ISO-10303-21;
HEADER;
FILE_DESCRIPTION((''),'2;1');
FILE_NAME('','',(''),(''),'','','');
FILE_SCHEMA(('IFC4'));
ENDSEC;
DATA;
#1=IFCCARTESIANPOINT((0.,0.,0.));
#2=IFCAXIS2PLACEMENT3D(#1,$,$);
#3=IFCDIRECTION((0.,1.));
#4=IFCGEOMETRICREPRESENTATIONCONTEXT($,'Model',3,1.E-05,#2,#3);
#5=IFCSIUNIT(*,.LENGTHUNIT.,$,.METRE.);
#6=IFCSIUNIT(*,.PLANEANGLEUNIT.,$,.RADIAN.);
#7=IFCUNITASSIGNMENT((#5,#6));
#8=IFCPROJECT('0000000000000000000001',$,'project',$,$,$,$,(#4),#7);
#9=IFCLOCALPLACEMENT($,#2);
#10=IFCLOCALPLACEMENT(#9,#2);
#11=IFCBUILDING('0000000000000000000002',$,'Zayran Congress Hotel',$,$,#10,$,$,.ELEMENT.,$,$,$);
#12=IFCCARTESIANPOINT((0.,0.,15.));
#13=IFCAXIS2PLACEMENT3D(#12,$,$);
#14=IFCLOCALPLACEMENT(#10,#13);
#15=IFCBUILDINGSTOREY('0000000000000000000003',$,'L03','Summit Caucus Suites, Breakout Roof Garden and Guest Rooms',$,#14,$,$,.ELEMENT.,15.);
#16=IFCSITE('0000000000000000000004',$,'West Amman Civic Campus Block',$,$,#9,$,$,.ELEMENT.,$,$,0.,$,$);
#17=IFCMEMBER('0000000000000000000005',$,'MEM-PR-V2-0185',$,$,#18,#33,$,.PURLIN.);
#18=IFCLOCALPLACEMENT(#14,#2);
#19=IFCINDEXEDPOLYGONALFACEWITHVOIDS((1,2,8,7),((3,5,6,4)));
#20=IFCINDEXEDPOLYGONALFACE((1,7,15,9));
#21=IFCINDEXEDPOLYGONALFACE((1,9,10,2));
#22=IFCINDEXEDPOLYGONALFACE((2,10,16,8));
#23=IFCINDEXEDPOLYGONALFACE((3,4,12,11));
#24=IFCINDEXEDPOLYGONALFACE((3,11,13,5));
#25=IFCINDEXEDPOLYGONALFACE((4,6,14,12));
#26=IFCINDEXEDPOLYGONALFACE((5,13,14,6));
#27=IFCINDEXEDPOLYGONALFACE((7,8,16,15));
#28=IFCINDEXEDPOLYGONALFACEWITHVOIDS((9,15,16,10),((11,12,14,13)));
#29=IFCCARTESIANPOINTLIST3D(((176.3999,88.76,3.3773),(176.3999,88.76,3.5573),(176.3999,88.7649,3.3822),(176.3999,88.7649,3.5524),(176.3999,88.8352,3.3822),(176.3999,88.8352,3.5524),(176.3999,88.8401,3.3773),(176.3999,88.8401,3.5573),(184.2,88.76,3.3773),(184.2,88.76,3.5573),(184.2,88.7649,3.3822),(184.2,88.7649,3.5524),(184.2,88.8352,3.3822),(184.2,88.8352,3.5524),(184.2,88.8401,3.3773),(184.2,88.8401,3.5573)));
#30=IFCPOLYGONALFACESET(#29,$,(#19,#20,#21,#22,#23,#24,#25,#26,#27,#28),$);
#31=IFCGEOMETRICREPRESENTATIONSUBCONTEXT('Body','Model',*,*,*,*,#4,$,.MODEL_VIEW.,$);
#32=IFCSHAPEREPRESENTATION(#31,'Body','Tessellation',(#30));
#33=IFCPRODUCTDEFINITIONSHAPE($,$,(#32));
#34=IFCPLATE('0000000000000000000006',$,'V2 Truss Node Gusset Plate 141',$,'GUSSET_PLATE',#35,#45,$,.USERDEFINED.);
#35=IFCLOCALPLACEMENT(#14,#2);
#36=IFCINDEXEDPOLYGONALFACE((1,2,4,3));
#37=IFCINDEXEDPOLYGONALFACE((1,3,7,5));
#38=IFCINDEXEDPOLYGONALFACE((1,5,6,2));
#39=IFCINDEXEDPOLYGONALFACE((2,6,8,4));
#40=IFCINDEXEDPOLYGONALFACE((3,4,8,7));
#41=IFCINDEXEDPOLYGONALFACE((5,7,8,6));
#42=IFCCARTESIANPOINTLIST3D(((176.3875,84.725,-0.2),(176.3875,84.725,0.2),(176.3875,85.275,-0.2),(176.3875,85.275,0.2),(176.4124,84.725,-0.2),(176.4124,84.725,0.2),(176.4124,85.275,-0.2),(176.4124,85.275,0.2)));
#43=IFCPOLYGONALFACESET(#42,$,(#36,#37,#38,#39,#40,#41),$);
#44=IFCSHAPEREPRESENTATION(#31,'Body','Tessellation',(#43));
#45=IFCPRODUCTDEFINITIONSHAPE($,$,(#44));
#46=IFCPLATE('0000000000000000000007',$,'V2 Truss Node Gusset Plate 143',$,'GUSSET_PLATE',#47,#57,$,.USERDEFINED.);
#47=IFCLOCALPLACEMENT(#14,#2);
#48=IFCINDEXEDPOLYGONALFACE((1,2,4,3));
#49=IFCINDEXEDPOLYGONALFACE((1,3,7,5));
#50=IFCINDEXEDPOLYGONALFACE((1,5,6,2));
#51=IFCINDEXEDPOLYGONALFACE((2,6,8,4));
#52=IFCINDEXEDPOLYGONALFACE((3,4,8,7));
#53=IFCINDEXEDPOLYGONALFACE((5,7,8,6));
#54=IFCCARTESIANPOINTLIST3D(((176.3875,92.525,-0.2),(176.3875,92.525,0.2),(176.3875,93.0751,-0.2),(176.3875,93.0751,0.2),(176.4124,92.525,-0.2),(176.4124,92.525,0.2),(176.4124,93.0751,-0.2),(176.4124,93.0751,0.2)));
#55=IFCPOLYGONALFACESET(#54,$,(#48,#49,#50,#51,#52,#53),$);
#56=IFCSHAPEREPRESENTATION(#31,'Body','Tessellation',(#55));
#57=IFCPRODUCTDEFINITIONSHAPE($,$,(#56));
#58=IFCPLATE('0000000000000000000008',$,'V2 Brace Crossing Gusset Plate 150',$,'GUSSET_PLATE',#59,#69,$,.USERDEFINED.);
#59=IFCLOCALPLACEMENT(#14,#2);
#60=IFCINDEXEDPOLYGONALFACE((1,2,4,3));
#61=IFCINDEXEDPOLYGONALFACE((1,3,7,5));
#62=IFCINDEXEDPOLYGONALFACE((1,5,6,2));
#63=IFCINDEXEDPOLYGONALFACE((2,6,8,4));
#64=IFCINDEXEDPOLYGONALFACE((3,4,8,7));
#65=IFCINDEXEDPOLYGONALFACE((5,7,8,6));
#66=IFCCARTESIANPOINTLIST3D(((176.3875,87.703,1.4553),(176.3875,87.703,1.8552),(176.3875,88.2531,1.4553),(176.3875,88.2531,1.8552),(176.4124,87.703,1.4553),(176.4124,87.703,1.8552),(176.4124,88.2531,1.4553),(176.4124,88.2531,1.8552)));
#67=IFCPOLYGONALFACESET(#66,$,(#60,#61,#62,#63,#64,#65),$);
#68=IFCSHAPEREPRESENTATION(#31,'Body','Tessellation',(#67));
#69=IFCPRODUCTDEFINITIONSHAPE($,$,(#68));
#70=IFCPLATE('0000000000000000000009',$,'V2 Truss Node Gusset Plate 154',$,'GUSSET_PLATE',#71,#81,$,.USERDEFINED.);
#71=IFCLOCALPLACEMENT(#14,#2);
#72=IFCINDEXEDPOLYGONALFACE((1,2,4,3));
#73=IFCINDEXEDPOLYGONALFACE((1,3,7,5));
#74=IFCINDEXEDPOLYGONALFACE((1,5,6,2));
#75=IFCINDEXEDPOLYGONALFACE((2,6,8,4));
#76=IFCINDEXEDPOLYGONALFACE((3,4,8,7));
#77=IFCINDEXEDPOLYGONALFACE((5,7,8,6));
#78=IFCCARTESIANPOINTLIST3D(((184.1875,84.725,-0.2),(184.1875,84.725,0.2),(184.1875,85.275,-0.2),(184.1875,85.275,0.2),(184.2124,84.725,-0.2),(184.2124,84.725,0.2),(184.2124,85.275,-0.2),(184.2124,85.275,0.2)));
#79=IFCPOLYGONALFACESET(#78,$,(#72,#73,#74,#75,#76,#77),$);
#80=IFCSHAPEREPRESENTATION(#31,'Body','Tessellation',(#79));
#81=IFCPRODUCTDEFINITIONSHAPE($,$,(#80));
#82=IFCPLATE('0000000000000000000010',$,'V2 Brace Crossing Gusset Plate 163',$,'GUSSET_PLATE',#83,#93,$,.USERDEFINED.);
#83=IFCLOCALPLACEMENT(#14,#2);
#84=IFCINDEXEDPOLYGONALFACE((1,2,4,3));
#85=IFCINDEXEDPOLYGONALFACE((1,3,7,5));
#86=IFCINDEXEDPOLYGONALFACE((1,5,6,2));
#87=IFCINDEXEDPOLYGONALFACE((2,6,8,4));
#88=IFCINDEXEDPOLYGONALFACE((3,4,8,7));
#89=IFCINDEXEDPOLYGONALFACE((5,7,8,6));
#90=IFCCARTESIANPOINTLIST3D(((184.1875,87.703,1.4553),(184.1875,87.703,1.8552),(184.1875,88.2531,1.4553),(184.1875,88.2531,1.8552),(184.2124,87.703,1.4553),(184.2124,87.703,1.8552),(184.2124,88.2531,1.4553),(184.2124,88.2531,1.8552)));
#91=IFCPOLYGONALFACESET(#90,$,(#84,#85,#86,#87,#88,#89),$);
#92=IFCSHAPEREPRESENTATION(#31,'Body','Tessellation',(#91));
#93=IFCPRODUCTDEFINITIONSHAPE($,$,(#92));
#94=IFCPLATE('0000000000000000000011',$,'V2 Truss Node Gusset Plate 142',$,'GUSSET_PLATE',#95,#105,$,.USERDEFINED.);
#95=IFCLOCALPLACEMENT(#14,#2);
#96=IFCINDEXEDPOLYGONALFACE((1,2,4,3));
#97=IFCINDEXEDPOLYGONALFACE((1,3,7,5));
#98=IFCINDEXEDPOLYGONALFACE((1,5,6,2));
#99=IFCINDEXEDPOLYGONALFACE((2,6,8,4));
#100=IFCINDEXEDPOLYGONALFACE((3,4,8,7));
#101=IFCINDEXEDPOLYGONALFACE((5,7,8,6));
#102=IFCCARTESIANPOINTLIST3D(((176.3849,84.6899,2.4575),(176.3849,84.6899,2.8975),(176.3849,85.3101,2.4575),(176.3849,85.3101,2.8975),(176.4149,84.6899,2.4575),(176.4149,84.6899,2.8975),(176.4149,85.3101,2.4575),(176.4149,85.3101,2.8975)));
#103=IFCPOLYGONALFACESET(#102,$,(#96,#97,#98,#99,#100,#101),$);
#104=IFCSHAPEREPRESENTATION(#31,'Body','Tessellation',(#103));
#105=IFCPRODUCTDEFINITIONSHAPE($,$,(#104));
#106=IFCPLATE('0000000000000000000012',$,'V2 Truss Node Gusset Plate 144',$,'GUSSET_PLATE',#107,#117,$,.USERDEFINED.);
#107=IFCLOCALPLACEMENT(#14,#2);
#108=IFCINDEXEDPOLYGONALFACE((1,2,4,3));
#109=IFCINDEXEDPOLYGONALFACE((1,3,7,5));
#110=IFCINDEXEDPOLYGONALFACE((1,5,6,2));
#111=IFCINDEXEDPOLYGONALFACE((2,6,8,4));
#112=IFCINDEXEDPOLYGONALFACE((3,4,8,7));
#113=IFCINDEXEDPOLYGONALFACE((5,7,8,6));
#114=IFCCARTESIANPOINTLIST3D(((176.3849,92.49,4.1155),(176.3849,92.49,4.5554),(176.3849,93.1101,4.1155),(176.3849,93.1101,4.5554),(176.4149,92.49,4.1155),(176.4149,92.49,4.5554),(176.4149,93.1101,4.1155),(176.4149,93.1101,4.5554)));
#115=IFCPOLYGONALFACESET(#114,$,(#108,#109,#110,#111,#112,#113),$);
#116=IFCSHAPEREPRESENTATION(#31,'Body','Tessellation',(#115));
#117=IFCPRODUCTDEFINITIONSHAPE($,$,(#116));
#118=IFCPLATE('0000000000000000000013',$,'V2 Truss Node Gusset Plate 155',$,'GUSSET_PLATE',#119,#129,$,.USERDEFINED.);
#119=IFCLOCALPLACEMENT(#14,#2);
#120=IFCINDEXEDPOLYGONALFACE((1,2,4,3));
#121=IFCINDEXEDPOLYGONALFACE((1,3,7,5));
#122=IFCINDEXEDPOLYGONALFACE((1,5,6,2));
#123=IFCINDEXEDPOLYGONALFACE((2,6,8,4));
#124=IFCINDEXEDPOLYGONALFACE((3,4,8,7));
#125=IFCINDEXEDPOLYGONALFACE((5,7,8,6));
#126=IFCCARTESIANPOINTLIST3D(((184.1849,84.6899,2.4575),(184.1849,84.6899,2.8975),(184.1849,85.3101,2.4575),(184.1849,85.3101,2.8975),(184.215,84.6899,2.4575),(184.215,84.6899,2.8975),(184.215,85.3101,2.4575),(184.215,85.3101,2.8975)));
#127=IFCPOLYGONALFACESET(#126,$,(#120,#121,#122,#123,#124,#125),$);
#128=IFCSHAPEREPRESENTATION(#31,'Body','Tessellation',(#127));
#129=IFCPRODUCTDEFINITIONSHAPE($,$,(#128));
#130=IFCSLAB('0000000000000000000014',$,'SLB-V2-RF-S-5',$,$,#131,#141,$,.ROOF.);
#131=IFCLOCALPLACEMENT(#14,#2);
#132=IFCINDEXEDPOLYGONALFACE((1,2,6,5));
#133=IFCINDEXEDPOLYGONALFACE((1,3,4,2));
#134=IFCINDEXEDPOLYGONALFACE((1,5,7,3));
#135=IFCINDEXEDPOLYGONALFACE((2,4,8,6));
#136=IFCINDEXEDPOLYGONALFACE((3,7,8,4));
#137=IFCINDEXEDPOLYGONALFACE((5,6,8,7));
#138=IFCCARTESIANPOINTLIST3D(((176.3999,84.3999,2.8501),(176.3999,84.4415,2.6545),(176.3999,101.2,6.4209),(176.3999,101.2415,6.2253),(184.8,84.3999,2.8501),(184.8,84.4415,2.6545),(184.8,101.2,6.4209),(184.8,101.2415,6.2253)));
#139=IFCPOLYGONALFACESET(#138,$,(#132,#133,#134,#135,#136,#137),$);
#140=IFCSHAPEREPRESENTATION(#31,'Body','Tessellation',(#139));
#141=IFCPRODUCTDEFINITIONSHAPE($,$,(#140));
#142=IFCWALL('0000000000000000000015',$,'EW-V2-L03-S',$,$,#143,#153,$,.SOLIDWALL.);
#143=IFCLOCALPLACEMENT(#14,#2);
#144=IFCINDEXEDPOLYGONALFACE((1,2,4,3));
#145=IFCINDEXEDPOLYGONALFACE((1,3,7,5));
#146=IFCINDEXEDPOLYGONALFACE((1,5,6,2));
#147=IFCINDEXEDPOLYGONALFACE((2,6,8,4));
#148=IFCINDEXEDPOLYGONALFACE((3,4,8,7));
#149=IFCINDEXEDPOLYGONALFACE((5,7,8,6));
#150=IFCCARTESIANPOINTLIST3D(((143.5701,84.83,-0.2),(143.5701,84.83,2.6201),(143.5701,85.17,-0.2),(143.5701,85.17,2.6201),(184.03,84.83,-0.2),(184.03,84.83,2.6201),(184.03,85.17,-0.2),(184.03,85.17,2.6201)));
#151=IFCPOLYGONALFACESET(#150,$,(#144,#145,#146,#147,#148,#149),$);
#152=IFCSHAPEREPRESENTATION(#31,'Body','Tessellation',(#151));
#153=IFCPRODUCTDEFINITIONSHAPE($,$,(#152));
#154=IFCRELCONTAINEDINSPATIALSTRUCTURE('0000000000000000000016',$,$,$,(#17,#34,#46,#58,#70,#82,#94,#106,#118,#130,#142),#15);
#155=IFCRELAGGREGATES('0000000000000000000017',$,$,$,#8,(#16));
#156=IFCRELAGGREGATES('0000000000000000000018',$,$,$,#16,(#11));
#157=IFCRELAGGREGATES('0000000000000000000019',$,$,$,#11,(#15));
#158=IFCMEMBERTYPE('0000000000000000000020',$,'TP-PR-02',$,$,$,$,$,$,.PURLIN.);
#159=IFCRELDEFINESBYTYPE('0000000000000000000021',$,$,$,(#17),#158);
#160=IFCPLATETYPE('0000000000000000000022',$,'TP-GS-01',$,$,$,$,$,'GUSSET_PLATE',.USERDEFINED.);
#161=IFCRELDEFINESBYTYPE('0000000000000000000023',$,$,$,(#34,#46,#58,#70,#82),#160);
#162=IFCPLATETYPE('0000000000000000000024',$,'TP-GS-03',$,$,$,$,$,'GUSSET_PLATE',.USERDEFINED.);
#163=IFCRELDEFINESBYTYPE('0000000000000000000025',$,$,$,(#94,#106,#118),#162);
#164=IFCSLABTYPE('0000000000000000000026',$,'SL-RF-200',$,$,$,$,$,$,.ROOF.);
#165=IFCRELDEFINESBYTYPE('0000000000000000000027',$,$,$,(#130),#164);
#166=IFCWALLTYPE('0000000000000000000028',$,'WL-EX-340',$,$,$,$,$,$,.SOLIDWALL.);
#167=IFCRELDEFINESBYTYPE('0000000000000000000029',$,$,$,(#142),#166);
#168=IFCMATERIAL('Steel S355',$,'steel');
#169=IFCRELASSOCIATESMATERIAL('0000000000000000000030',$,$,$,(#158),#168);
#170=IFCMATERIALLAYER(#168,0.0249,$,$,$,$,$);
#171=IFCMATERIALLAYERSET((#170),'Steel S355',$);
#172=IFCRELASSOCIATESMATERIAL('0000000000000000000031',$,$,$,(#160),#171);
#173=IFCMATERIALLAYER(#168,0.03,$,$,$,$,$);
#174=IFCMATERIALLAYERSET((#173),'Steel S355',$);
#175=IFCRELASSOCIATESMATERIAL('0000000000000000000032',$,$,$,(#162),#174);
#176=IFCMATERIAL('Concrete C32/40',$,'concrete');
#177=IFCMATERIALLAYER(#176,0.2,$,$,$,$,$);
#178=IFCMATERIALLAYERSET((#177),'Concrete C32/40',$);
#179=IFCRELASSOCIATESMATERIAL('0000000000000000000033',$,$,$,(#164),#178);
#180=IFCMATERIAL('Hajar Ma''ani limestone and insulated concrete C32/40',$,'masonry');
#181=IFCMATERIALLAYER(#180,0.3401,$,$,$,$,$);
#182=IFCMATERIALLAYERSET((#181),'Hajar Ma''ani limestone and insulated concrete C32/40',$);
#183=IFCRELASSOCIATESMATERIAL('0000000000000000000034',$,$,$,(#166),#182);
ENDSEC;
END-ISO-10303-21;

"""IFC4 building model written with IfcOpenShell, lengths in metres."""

from ifc_helpers import new_model, si_unit, direction, frame, frame_2d, origin, origin_2d, place, context, subcontext, project, spatial, polyline, rectangle, hollow_rectangle, outline, extrude, material, layer, layer_set, material_profile, profile_set, type_object, element, save


model = new_model("IFC4")

# Units and contexts
model_context = context("Model", 3, precision=1e-05, world=origin(), true_north=direction((0.0, 1.0)))
body_context = subcontext(model_context, "Body", "Model", "MODEL_VIEW")
ifc_project = project(units=[si_unit("LENGTHUNIT", "METRE"), si_unit("PLANEANGLEUNIT", "RADIAN")], contexts=[model_context])

# Site, building, storey
site_placement = place(None, origin())
site = spatial("IfcSite", under=ifc_project, at=site_placement, Name="West Amman Civic Campus Block", CompositionType="ELEMENT", RefElevation=0.0)
building_placement = place(site_placement, origin())
building = spatial("IfcBuilding", under=site, at=building_placement, Name="Zayran Congress Hotel", CompositionType="ELEMENT")
storey_placement = place(building_placement, frame((0.0, 0.0, 15.0)))
storey = spatial("IfcBuildingStorey", under=building, at=storey_placement, Name="L03", Description="Summit Caucus Suites, Breakout Roof Garden and Guest Rooms", CompositionType="ELEMENT", Elevation=15.0)

# Shared definitions
ifc_material_1 = material(Name="Steel S355", Category="steel")

# Member
ifc_material_profile_1 = material_profile(ifc_material_1, hollow_rectangle(XDim=0.0801, YDim=0.1799, WallThickness=0.0049, at=origin_2d()), Name="RHS 180x80x5")
ifc_profile_set_1 = profile_set([ifc_material_profile_1], Name="Steel S355")
member_type_1 = type_object("IfcMemberType", Name="TP-PR-02", PredefinedType="PURLIN", material=ifc_profile_set_1)
member_1_placement = place(storey_placement, frame((176.3999, 88.8, 3.4673), z_axis=(1.0, 0.0, 0.0), x_axis=(0.0, 1.0, 0.0)))
element("IfcMember", 1, at=member_1_placement, inside=storey, type_object=member_type_1, Name="MEM-PR-V2-0185", PredefinedType="PURLIN", context=body_context, shape_type="SweptSolid", body=[
    extrude(hollow_rectangle(XDim=0.0801, YDim=0.1799, WallThickness=0.0049, at=origin_2d()), origin(), (0.0, 0.0, 1.0), 7.8),
])

# Plates
ifc_layer_1 = layer(ifc_material_1, 0.0249)
ifc_layer_set_1 = layer_set([ifc_layer_1], Name="Steel S355")
plate_type_1 = type_object("IfcPlateType", Name="TP-GS-01", ElementType="GUSSET_PLATE", PredefinedType="USERDEFINED", material=ifc_layer_set_1)
for number, where, z_axis, x_axis, name in (
    (2, (176.3999, 85.0, -0.2), (0.0, 0.0, 1.0), (0.0, 1.0, 0.0), "V2 Truss Node Gusset Plate 141"),
    (3, (176.3999, 92.8, -0.2), (0.0, 0.0, 1.0), (0.0, 1.0, 0.0), "V2 Truss Node Gusset Plate 143"),
    (4, (176.3999, 87.978, 1.4553), (0.0, 0.0, 1.0), (0.0, 1.0, 0.0), "V2 Brace Crossing Gusset Plate 150"),
    (5, (184.2, 85.0, -0.2), (0.0, 0.0, 1.0), (0.0, 1.0, 0.0), "V2 Truss Node Gusset Plate 154"),
    (6, (184.2, 87.978, 1.4553), (0.0, 0.0, 1.0), (0.0, 1.0, 0.0), "V2 Brace Crossing Gusset Plate 163"),
):
    element("IfcPlate", number, at=place(storey_placement, frame(where, z_axis=z_axis, x_axis=x_axis)), inside=storey, type_object=plate_type_1, Name=name, ObjectType="GUSSET_PLATE", PredefinedType="USERDEFINED", context=body_context, shape_type="SweptSolid", body=[
        extrude(rectangle(XDim=0.55, YDim=0.0249, at=origin_2d()), origin(), (0.0, 0.0, 1.0), 0.3999),
    ])
ifc_layer_2 = layer(ifc_material_1, 0.03)
ifc_layer_set_2 = layer_set([ifc_layer_2], Name="Steel S355")
plate_type_2 = type_object("IfcPlateType", Name="TP-GS-03", ElementType="GUSSET_PLATE", PredefinedType="USERDEFINED", material=ifc_layer_set_2)
for number, where, z_axis, x_axis, name in (
    (7, (176.3999, 85.0, 2.4575), (0.0, 0.0, 1.0), (0.0, 1.0, 0.0), "V2 Truss Node Gusset Plate 142"),
    (8, (176.3999, 92.8, 4.1155), (0.0, 0.0, 1.0), (0.0, 1.0, 0.0), "V2 Truss Node Gusset Plate 144"),
    (9, (184.2, 85.0, 2.4575), (0.0, 0.0, 1.0), (0.0, 1.0, 0.0), "V2 Truss Node Gusset Plate 155"),
):
    element("IfcPlate", number, at=place(storey_placement, frame(where, z_axis=z_axis, x_axis=x_axis)), inside=storey, type_object=plate_type_2, Name=name, ObjectType="GUSSET_PLATE", PredefinedType="USERDEFINED", context=body_context, shape_type="SweptSolid", body=[
        extrude(rectangle(XDim=0.6201, YDim=0.03, at=origin_2d()), origin(), (0.0, 0.0, 1.0), 0.4399),
    ])

# Slab
ifc_material_2 = material(Name="Concrete C32/40", Category="concrete")
ifc_layer_3 = layer(ifc_material_2, 0.2)
ifc_layer_set_3 = layer_set([ifc_layer_3], Name="Concrete C32/40")
slab_type = type_object("IfcSlabType", Name="SL-RF-200", PredefinedType="ROOF", material=ifc_layer_set_3)
slab_placement = place(storey_placement, frame((176.3999, 84.3999, 2.8501), z_axis=(0.0, -0.207903, 0.978149), x_axis=(1.0, 0.0, 0.0)))
element("IfcSlab", 10, at=slab_placement, inside=storey, type_object=slab_type, Name="SLB-V2-RF-S-5", PredefinedType="ROOF", context=body_context, shape_type="SweptSolid", body=[
    extrude(outline(polyline([(0.0, 0.0), (8.4001, 0.0), (8.4001, 17.1753), (0.0, 17.1753), (0.0, 0.0)])), origin(), (0.0, 0.0, -1.0), 0.2),
])

# Wall
ifc_material_3 = material(Name="Hajar Ma'ani limestone and insulated concrete C32/40", Category="masonry")
ifc_layer_4 = layer(ifc_material_3, 0.3401)
ifc_layer_set_4 = layer_set([ifc_layer_4], Name="Hajar Ma'ani limestone and insulated concrete C32/40")
wall_type = type_object("IfcWallType", Name="WL-EX-340", PredefinedType="SOLIDWALL", material=ifc_layer_set_4)
wall_placement = place(storey_placement, frame((184.03, 85.0, -0.2), z_axis=(0.0, 0.0, 1.0), x_axis=(-1.0, 0.0, 0.0)))
element("IfcWall", 11, at=wall_placement, inside=storey, type_object=wall_type, Name="EW-V2-L03-S", PredefinedType="SOLIDWALL", context=body_context, shape_type="SweptSolid", body=[
    extrude(rectangle(XDim=40.46, YDim=0.3401, at=frame_2d((20.23, 0.0))), origin(), (0.0, 0.0, 1.0), 2.8201),
])

save(model, "model.ifc")
